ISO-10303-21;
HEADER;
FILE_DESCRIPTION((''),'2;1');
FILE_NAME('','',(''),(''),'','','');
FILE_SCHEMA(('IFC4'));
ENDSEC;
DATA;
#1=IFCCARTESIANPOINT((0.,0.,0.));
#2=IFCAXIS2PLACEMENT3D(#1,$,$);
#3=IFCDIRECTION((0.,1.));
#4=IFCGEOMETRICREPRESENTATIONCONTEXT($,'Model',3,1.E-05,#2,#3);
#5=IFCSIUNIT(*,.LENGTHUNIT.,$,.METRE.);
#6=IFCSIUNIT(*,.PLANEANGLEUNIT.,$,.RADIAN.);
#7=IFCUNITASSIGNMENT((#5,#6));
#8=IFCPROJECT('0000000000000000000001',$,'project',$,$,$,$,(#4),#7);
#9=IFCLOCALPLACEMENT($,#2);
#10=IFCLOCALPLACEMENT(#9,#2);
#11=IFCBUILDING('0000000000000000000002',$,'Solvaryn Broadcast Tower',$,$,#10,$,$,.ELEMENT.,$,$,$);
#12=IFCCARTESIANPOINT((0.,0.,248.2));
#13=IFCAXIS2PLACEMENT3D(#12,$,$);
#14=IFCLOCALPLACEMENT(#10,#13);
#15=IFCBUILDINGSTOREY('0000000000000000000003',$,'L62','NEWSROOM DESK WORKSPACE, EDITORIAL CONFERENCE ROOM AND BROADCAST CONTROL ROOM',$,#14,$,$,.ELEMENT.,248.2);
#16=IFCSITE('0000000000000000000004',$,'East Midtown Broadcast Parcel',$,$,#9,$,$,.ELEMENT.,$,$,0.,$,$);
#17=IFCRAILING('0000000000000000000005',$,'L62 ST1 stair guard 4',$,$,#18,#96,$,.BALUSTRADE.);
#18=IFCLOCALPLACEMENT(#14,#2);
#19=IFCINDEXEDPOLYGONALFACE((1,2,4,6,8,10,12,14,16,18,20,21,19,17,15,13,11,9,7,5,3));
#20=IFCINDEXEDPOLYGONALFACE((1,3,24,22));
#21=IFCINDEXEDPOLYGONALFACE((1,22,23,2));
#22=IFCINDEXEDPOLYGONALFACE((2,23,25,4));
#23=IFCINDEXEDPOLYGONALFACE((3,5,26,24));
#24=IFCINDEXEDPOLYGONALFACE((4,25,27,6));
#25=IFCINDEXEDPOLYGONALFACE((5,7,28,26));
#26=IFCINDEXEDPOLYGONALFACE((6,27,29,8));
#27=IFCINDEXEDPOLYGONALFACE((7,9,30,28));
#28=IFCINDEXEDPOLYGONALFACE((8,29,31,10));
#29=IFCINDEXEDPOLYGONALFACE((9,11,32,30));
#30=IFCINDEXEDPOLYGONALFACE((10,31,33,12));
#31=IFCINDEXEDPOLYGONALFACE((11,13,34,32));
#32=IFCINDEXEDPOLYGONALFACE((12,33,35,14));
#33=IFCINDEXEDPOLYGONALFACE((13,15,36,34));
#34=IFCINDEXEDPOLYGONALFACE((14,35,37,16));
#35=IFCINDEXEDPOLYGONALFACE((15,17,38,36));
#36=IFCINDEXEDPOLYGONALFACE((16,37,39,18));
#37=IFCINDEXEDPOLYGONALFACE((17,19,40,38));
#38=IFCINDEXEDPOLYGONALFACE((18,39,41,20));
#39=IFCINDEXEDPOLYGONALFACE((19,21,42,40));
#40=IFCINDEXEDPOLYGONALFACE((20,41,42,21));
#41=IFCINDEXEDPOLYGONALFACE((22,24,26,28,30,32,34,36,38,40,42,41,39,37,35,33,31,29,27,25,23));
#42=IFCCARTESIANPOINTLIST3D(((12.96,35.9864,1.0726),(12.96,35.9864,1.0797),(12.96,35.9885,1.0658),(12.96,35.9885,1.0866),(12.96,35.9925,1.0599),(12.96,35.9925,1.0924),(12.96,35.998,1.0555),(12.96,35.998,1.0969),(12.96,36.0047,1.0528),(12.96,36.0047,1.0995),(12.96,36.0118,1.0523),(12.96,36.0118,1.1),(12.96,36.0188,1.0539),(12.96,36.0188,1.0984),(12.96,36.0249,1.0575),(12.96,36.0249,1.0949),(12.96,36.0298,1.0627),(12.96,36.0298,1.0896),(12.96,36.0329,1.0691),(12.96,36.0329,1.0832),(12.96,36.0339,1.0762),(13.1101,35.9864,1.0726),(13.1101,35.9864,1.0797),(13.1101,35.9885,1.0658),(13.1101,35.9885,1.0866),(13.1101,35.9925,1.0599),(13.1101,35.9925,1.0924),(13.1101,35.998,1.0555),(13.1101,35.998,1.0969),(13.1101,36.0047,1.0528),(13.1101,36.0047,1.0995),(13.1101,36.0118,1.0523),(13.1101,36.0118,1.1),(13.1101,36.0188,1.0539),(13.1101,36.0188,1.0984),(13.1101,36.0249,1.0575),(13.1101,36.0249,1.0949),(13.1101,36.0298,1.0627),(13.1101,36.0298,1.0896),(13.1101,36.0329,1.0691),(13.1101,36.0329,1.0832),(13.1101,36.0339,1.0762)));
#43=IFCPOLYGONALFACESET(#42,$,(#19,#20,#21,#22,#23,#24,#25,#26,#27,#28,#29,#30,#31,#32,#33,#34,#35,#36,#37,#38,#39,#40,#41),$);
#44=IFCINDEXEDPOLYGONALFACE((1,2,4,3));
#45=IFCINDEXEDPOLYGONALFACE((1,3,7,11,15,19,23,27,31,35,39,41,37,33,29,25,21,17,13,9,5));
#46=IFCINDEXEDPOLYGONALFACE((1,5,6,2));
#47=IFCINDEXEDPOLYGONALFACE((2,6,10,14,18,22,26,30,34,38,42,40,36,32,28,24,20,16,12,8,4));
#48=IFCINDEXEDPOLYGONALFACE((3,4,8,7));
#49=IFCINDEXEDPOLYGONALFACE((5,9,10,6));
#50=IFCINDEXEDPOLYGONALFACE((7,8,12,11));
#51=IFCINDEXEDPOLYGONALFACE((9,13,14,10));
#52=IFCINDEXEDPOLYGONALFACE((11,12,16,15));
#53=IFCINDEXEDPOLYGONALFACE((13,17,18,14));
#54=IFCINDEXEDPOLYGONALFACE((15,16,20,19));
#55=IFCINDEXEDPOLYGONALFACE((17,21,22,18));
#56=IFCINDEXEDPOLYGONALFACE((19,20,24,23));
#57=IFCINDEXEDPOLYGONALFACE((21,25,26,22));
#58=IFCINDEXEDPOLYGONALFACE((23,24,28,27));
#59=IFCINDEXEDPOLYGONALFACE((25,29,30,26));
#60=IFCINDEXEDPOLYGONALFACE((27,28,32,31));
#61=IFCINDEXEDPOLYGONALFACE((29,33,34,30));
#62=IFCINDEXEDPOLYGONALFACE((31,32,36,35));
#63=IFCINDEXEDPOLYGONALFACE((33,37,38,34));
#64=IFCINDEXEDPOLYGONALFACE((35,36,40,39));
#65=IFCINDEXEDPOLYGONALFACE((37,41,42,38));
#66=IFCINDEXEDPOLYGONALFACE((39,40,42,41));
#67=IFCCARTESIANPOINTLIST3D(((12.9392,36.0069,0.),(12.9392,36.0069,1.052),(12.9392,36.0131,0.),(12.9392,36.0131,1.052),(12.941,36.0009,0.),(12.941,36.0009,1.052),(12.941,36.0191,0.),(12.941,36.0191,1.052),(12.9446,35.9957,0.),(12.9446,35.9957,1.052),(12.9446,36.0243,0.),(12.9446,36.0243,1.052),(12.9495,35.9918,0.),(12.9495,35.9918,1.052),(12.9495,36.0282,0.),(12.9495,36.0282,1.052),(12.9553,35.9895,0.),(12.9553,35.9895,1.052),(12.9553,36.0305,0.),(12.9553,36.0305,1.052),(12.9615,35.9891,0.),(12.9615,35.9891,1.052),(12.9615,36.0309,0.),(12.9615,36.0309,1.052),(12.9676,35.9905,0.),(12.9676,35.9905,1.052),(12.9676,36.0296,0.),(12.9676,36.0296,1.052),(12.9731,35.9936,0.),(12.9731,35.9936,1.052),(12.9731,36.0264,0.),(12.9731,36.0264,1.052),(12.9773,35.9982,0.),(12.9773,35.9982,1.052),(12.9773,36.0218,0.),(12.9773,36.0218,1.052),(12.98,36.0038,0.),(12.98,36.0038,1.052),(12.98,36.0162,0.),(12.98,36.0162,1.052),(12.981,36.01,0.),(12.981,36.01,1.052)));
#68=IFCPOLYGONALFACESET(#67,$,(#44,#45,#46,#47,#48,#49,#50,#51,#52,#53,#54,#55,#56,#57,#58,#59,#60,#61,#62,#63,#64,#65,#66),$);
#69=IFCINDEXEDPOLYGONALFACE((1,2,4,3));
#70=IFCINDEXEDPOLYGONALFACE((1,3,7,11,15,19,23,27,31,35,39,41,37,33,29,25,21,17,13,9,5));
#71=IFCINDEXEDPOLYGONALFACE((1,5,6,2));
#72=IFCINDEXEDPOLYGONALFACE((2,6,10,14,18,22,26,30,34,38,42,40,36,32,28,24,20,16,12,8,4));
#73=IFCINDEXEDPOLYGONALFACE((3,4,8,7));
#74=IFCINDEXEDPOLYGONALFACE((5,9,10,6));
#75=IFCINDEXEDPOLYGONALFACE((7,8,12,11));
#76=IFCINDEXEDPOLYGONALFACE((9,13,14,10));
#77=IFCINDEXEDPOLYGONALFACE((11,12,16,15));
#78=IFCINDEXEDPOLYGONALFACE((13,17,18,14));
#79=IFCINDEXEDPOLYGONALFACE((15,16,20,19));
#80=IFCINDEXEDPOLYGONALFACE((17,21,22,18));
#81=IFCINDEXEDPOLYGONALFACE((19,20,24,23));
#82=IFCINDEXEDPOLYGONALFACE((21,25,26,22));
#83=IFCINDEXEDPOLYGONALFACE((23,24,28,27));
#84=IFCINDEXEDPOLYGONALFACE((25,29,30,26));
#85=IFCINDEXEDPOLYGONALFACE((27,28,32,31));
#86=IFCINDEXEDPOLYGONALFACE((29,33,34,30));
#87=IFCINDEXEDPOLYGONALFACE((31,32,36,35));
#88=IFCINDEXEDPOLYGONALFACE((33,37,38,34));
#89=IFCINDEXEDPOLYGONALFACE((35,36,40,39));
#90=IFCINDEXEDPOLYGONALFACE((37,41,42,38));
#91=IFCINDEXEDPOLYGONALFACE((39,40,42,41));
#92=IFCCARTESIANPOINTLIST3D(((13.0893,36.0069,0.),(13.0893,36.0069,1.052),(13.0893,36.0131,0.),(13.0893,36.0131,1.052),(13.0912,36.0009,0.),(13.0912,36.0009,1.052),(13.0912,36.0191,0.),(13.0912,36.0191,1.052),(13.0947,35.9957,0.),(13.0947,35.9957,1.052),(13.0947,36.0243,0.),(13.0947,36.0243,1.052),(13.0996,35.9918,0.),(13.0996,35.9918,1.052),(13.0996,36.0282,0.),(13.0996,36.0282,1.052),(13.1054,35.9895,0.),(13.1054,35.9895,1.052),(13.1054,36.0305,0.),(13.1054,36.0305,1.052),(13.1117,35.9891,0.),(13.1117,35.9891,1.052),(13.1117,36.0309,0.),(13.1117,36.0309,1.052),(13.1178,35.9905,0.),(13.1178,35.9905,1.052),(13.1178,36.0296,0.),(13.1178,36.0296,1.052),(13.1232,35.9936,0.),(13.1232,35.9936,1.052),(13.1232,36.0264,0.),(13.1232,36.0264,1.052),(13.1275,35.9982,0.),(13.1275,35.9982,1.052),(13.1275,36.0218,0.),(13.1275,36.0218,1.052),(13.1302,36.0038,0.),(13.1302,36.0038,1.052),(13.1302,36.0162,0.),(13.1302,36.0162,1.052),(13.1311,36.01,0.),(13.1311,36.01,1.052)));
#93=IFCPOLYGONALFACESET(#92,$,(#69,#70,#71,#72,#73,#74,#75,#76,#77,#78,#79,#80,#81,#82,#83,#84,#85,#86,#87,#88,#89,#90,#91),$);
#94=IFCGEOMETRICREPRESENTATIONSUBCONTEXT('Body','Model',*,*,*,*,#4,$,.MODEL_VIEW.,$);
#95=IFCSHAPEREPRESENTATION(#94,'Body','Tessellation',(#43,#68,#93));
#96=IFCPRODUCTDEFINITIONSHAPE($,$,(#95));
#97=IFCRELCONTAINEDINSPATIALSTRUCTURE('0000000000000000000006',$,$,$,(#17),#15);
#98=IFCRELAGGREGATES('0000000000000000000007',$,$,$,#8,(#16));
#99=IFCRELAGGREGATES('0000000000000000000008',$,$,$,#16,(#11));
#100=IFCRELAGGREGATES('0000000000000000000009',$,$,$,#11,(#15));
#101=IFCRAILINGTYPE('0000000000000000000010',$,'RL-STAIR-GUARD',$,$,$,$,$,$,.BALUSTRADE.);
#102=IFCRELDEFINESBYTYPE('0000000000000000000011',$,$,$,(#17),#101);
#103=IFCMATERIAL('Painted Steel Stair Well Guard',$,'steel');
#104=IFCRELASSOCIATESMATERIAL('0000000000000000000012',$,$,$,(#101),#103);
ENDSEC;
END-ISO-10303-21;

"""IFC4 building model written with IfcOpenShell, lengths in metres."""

from ifc_helpers import new_model, si_unit, direction, frame, origin, origin_2d, place, context, subcontext, project, spatial, circle, extrude, material, type_object, element, save


model = new_model("IFC4")

# Units and contexts
model_context = context("Model", 3, precision=1e-05, world=origin(), true_north=direction((0.0, 1.0)))
body_context = subcontext(model_context, "Body", "Model", "MODEL_VIEW")
ifc_project = project(units=[si_unit("LENGTHUNIT", "METRE"), si_unit("PLANEANGLEUNIT", "RADIAN")], contexts=[model_context])

# Site, building, storey
site_placement = place(None, origin())
site = spatial("IfcSite", under=ifc_project, at=site_placement, Name="East Midtown Broadcast Parcel", CompositionType="ELEMENT", RefElevation=0.0)
building_placement = place(site_placement, origin())
building = spatial("IfcBuilding", under=site, at=building_placement, Name="Solvaryn Broadcast Tower", CompositionType="ELEMENT")
storey_placement = place(building_placement, frame((0.0, 0.0, 248.2)))
storey = spatial("IfcBuildingStorey", under=building, at=storey_placement, Name="L62", Description="NEWSROOM DESK WORKSPACE, EDITORIAL CONFERENCE ROOM AND BROADCAST CONTROL ROOM", CompositionType="ELEMENT", Elevation=248.2)

# Railing
ifc_material_1 = material(Name="Painted Steel Stair Well Guard", Category="steel")
railing_type_1 = type_object("IfcRailingType", Name="RL-STAIR-GUARD", PredefinedType="BALUSTRADE", material=ifc_material_1)
railing_1_placement = place(storey_placement, frame((12.96, 36.01, 0.0)))
element("IfcRailing", 1, at=railing_1_placement, inside=storey, type_object=railing_type_1, Name="L62 ST1 stair guard 4", PredefinedType="BALUSTRADE", context=body_context, shape_type="SweptSolid", body=[
    extrude(circle(Radius=0.0239, at=origin_2d()), frame((0.0, 0.0, 1.0762), z_axis=(1.0, 0.0, 0.0), x_axis=(0.0, 1.0, 0.0)), (0.0, 0.0, 1.0), 0.1501),
    extrude(circle(Radius=0.021, at=origin_2d()), origin(), (0.0, 0.0, 1.0), 1.052),
    extrude(circle(Radius=0.021, at=origin_2d()), frame((0.1501, 0.0, 0.0)), (0.0, 0.0, 1.0), 1.052),
])

save(model, "model.ifc")
